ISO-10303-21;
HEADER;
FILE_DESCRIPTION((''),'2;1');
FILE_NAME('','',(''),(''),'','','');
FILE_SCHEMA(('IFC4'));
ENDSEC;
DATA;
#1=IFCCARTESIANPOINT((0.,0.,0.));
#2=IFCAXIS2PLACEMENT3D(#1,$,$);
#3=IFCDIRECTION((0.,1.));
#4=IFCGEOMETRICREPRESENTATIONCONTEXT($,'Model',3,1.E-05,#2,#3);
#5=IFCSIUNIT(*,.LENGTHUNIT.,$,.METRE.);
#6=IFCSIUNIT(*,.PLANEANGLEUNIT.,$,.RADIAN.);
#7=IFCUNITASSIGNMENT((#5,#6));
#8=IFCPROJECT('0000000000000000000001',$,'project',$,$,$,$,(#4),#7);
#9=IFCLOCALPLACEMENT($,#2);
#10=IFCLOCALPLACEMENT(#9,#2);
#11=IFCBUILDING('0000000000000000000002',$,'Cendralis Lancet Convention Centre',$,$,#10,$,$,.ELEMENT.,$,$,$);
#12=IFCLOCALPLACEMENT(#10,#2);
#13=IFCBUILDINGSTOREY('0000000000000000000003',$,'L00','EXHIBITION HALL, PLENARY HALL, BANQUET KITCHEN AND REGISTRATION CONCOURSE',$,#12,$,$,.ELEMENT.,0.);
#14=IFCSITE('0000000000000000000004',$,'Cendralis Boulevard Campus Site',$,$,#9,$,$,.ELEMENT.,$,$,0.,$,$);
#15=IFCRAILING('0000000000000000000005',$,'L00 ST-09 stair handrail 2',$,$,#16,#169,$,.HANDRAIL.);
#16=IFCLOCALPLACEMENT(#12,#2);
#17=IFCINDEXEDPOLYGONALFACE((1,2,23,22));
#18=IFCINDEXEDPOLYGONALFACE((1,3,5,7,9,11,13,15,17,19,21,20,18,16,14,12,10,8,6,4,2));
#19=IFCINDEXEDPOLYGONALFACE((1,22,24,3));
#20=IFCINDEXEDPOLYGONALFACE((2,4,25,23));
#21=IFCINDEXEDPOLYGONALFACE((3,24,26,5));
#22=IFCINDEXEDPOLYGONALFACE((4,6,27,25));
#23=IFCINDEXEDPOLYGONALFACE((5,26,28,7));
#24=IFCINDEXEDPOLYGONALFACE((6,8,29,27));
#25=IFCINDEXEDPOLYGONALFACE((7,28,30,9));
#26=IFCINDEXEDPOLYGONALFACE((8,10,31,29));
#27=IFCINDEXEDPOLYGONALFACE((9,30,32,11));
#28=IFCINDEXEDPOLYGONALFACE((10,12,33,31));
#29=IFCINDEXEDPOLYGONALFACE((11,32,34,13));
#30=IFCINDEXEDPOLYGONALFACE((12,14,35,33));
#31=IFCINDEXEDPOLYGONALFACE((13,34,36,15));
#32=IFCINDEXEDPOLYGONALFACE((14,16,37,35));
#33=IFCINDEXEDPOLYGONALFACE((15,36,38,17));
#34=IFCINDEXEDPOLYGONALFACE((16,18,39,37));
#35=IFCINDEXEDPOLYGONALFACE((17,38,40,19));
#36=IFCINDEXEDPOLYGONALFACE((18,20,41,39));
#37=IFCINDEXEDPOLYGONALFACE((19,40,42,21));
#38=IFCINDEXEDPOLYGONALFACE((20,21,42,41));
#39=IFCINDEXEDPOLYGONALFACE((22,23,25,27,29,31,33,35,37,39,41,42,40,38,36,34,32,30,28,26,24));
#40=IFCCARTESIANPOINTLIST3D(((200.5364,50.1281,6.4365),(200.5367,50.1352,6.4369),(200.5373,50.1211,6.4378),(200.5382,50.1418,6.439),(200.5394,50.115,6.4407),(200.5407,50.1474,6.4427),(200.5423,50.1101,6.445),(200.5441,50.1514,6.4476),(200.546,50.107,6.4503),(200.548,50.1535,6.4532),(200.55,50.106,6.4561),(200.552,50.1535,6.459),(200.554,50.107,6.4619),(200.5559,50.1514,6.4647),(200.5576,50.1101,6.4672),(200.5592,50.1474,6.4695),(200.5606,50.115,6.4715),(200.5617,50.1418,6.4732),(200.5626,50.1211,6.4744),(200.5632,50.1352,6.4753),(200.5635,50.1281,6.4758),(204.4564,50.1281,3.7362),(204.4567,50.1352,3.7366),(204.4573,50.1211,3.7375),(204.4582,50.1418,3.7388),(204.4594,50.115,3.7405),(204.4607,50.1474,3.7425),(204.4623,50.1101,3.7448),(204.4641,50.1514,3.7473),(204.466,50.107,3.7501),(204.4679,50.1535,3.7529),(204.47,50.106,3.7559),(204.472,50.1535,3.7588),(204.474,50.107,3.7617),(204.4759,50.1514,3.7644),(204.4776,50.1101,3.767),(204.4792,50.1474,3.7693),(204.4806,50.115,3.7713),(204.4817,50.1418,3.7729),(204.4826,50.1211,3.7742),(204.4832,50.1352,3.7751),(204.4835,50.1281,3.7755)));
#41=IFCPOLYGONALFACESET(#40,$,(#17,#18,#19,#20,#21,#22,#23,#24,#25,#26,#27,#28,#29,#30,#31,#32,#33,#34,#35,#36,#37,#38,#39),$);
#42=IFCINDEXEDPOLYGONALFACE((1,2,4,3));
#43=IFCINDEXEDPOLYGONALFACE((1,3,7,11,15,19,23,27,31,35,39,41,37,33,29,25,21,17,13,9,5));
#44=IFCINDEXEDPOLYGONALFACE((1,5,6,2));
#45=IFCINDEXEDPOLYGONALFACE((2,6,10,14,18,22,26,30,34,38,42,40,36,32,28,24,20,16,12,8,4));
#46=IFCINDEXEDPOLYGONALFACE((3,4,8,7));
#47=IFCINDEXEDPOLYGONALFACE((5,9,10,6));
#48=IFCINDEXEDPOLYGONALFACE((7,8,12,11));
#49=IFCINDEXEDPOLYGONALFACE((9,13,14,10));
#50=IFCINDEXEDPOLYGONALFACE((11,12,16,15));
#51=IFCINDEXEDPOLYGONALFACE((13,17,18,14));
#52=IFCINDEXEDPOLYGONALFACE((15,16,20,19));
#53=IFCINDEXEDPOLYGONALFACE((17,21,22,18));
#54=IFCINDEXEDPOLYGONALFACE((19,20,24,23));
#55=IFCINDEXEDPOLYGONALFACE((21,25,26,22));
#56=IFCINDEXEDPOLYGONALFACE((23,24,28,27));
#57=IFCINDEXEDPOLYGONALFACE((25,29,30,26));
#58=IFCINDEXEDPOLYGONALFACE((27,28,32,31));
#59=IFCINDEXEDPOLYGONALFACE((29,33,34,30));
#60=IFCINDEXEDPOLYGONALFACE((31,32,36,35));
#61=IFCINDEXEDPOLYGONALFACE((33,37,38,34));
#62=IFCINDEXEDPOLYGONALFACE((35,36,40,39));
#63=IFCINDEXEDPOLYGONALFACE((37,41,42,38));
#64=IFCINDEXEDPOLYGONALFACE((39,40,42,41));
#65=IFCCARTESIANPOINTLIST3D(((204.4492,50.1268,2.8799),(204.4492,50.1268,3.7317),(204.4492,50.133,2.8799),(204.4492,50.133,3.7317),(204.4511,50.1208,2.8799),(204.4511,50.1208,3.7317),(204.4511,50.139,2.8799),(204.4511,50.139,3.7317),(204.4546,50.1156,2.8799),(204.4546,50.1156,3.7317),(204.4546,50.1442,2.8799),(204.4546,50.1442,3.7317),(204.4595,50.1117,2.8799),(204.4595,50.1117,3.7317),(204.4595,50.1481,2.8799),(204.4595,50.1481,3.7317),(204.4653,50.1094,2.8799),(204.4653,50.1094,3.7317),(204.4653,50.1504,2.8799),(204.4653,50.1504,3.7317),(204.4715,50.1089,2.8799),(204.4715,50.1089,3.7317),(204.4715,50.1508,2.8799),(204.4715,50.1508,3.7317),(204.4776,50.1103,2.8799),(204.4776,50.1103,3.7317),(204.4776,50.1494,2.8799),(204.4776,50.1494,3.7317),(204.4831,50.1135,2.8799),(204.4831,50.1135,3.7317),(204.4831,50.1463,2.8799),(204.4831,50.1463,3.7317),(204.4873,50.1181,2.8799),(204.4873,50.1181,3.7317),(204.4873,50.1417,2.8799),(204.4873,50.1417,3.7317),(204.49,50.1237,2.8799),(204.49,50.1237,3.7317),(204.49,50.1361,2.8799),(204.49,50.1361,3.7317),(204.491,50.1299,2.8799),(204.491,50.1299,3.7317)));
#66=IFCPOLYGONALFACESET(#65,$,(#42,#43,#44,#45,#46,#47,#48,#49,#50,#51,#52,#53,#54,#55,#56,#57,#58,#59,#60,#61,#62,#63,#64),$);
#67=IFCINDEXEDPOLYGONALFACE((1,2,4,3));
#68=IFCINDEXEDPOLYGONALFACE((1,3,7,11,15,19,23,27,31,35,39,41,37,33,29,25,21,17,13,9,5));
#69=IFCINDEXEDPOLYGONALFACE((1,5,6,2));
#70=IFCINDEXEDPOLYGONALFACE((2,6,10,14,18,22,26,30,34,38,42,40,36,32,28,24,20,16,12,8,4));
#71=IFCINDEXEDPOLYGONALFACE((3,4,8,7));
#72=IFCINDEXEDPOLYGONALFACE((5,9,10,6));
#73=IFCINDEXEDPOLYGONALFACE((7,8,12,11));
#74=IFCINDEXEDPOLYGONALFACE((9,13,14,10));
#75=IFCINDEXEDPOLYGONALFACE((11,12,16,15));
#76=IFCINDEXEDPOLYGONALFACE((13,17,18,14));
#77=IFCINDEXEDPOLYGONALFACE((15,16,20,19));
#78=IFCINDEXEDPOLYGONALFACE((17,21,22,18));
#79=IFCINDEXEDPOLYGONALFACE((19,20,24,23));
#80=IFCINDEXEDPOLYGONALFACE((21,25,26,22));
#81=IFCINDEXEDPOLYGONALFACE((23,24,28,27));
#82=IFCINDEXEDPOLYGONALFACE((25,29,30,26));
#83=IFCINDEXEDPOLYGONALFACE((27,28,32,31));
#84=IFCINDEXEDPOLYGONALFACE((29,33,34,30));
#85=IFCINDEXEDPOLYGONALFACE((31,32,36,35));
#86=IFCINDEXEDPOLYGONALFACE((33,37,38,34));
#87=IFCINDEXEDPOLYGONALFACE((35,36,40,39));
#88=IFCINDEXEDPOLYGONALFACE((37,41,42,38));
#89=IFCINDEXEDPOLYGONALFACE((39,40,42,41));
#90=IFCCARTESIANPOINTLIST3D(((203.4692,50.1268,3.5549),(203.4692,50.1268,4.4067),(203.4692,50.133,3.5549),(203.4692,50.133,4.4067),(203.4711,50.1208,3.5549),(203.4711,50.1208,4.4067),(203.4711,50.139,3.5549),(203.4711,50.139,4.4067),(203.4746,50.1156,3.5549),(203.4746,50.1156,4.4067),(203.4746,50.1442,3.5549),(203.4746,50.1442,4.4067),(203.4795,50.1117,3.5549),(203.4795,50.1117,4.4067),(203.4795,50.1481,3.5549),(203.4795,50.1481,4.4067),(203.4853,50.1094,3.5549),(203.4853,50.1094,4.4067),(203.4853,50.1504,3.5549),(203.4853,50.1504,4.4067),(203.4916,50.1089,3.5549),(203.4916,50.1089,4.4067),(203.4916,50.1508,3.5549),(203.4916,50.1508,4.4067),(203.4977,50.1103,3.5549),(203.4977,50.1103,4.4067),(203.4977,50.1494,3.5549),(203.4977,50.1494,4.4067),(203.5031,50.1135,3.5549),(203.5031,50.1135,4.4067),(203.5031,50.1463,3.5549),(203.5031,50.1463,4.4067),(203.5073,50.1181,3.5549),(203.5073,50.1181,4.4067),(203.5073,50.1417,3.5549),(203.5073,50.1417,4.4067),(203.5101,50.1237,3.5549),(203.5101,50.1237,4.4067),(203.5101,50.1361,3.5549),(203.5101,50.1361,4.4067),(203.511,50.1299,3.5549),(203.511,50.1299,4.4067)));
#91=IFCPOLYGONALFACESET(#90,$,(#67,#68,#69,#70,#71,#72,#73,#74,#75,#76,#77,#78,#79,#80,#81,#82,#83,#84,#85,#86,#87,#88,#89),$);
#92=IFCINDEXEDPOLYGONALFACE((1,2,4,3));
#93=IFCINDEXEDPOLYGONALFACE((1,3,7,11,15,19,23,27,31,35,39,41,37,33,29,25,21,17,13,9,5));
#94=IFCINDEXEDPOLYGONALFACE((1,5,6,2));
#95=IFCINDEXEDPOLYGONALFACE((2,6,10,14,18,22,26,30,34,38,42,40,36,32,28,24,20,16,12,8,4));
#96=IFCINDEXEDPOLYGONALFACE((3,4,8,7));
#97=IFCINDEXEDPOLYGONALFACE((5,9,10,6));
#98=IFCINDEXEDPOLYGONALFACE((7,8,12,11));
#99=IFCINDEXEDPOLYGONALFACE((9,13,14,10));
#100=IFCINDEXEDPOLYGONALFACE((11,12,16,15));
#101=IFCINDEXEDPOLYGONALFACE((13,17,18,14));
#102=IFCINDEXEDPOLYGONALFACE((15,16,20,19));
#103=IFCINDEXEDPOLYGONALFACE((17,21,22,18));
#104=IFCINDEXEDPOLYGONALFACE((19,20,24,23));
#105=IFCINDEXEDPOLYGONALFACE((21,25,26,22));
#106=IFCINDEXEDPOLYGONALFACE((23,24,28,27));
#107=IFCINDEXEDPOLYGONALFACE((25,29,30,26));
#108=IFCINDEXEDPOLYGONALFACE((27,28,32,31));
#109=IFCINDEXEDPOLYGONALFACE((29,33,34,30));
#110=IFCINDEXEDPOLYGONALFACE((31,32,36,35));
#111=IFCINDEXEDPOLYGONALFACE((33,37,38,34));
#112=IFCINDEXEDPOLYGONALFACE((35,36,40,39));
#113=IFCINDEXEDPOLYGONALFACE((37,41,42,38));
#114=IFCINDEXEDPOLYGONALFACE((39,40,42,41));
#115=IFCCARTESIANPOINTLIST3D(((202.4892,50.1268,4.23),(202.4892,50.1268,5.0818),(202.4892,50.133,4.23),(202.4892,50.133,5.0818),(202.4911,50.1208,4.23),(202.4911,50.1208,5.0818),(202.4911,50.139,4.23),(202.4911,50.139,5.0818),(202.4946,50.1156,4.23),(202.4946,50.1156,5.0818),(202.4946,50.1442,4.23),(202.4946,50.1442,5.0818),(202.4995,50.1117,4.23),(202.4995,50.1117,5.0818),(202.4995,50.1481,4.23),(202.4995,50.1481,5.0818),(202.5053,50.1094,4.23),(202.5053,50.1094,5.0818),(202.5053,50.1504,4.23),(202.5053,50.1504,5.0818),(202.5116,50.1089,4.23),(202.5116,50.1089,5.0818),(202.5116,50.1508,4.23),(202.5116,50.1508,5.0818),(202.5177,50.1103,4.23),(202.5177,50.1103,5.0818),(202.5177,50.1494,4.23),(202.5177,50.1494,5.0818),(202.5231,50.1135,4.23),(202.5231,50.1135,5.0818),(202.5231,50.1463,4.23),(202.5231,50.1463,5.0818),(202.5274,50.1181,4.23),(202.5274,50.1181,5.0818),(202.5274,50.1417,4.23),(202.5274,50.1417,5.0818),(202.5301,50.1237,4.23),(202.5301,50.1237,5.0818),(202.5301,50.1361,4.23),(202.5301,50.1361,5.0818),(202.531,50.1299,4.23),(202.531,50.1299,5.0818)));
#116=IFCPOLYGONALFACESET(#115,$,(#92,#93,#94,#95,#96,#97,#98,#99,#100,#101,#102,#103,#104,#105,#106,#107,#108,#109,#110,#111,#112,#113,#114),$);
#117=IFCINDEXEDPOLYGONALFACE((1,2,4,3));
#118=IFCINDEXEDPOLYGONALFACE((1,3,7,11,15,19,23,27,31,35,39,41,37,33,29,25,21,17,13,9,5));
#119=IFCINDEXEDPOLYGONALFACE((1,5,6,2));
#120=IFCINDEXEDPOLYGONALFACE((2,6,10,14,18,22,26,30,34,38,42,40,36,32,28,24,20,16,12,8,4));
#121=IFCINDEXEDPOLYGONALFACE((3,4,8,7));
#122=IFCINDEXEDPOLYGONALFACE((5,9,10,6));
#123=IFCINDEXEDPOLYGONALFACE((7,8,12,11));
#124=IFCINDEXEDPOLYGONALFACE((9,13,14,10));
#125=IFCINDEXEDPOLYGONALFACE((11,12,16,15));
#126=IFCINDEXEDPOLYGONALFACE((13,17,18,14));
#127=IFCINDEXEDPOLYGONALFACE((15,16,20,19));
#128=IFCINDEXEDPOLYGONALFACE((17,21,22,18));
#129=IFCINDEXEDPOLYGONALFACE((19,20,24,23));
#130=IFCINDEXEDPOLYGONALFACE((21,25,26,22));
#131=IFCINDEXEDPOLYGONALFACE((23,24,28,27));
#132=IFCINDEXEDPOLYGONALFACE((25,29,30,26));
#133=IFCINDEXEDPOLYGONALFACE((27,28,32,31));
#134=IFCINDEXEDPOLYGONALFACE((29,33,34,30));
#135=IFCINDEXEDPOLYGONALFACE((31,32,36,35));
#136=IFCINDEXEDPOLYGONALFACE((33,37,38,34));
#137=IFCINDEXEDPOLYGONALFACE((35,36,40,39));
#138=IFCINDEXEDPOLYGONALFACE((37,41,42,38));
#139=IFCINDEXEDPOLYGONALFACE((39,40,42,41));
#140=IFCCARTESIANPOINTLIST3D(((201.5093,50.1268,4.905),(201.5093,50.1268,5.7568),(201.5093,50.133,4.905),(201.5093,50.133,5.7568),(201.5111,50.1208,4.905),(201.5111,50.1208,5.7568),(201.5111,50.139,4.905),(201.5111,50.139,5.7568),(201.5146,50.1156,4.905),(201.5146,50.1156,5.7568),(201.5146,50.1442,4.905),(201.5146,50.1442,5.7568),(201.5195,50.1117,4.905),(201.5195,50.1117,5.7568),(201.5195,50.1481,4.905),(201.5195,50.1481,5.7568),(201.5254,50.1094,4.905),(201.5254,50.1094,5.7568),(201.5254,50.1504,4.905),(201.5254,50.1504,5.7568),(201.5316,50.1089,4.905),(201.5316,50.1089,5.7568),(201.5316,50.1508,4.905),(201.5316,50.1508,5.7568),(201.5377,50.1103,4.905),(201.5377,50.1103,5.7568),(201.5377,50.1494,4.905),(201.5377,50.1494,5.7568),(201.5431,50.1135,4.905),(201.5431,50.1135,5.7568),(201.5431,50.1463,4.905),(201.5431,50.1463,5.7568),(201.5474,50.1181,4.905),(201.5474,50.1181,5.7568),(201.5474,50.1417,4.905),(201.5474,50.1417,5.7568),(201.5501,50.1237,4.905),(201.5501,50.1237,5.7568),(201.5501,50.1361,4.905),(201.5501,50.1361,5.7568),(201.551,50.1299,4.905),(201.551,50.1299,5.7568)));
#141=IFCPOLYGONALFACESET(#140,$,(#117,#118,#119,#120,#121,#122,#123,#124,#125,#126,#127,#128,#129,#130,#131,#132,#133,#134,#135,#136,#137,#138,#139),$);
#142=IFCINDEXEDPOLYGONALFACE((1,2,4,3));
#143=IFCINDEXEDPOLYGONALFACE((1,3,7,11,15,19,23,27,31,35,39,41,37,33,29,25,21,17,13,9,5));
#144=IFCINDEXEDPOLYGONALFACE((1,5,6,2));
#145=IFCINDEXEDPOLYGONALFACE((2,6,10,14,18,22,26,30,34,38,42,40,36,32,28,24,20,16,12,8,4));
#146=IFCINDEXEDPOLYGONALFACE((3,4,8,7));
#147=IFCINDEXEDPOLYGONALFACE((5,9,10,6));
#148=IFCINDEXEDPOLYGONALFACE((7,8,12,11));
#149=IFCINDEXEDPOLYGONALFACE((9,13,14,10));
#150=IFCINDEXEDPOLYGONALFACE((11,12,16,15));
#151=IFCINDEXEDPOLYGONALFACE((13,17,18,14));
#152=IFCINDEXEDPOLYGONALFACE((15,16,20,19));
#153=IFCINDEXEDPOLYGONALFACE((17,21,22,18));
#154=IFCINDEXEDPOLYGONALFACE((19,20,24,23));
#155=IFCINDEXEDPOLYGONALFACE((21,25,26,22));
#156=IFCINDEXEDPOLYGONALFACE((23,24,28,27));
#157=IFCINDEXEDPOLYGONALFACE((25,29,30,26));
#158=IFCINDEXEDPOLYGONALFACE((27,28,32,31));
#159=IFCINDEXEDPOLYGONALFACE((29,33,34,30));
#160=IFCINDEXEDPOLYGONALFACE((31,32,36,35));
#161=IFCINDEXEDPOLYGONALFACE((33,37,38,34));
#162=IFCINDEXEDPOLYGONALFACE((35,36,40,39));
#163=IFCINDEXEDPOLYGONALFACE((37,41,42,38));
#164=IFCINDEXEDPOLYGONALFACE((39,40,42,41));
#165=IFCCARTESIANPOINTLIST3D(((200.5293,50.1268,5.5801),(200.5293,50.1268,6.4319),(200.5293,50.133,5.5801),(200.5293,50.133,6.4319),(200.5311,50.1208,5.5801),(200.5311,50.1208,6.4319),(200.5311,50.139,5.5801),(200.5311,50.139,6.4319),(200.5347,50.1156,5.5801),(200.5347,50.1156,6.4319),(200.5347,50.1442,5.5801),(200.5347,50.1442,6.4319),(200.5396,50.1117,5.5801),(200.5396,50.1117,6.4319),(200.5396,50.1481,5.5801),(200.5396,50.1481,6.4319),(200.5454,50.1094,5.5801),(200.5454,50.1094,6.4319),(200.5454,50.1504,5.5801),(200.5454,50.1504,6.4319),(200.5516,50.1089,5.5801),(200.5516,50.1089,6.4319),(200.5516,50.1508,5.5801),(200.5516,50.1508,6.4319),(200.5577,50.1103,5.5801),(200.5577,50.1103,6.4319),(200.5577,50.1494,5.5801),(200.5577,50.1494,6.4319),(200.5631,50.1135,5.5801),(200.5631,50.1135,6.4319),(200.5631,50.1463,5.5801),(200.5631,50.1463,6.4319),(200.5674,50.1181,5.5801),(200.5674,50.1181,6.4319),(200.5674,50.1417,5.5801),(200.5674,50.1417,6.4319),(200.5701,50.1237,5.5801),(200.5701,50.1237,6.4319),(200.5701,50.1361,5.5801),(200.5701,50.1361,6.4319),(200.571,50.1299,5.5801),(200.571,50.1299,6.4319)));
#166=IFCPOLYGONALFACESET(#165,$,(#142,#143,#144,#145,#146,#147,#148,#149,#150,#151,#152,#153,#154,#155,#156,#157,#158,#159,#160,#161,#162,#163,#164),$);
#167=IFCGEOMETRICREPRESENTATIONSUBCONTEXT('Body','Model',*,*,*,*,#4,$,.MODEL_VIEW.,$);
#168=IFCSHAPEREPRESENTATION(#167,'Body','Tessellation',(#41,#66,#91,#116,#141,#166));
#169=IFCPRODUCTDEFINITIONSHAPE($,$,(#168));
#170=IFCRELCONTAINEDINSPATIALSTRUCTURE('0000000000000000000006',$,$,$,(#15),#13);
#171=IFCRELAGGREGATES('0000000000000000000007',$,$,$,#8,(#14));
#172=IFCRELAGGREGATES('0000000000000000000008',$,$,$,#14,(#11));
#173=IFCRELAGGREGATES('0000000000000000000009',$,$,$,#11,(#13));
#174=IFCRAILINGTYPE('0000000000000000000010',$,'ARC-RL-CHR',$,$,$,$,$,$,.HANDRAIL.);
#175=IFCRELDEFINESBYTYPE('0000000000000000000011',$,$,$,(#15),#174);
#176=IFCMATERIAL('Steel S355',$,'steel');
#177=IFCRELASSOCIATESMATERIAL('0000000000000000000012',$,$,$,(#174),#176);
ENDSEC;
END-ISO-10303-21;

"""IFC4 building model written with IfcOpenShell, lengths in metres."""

from ifc_helpers import new_model, si_unit, direction, frame, origin, origin_2d, place, context, subcontext, project, spatial, circle, extrude, material, type_object, element, save


model = new_model("IFC4")

# Units and contexts
model_context = context("Model", 3, precision=1e-05, world=origin(), true_north=direction((0.0, 1.0)))
body_context = subcontext(model_context, "Body", "Model", "MODEL_VIEW")
ifc_project = project(units=[si_unit("LENGTHUNIT", "METRE"), si_unit("PLANEANGLEUNIT", "RADIAN")], contexts=[model_context])

# Site, building, storey
site_placement = place(None, origin())
site = spatial("IfcSite", under=ifc_project, at=site_placement, Name="Cendralis Boulevard Campus Site", CompositionType="ELEMENT", RefElevation=0.0)
building_placement = place(site_placement, origin())
building = spatial("IfcBuilding", under=site, at=building_placement, Name="Cendralis Lancet Convention Centre", CompositionType="ELEMENT")
storey_placement = place(building_placement, origin())
storey = spatial("IfcBuildingStorey", under=building, at=storey_placement, Name="L00", Description="EXHIBITION HALL, PLENARY HALL, BANQUET KITCHEN AND REGISTRATION CONCOURSE", CompositionType="ELEMENT", Elevation=0.0)

# Shared definitions
ifc_material_1 = material(Name="Steel S355", Category="steel")

# Railing
railing_type = type_object("IfcRailingType", Name="ARC-RL-CHR", PredefinedType="HANDRAIL", material=ifc_material_1)
railing_placement = place(storey_placement, frame((204.47, 50.1299, 2.8799)))
element("IfcRailing", 1, at=railing_placement, inside=storey, type_object=railing_type, Name="L00 ST-09 stair handrail 2", PredefinedType="HANDRAIL", context=body_context, shape_type="SweptSolid", body=[
    extrude(circle(Radius=0.0239, at=origin_2d()), frame((0.0, 0.0, 0.876), z_axis=(-0.823527, 0.0, 0.567277), x_axis=(0.0, -1.0, 0.0)), (0.0, 0.0, 1.0), 4.76),
    extrude(circle(Radius=0.021, at=origin_2d()), origin(), (0.0, 0.0, 1.0), 0.8518),
    extrude(circle(Radius=0.021, at=origin_2d()), frame((-0.98, 0.0, 0.675)), (0.0, 0.0, 1.0), 0.8518),
    extrude(circle(Radius=0.021, at=origin_2d()), frame((-1.96, 0.0, 1.3501)), (0.0, 0.0, 1.0), 0.8518),
    extrude(circle(Radius=0.021, at=origin_2d()), frame((-2.9399, 0.0, 2.0251)), (0.0, 0.0, 1.0), 0.8518),
    extrude(circle(Radius=0.021, at=origin_2d()), frame((-3.9199, 0.0, 2.7002)), (0.0, 0.0, 1.0), 0.8518),
])

save(model, "model.ifc")
